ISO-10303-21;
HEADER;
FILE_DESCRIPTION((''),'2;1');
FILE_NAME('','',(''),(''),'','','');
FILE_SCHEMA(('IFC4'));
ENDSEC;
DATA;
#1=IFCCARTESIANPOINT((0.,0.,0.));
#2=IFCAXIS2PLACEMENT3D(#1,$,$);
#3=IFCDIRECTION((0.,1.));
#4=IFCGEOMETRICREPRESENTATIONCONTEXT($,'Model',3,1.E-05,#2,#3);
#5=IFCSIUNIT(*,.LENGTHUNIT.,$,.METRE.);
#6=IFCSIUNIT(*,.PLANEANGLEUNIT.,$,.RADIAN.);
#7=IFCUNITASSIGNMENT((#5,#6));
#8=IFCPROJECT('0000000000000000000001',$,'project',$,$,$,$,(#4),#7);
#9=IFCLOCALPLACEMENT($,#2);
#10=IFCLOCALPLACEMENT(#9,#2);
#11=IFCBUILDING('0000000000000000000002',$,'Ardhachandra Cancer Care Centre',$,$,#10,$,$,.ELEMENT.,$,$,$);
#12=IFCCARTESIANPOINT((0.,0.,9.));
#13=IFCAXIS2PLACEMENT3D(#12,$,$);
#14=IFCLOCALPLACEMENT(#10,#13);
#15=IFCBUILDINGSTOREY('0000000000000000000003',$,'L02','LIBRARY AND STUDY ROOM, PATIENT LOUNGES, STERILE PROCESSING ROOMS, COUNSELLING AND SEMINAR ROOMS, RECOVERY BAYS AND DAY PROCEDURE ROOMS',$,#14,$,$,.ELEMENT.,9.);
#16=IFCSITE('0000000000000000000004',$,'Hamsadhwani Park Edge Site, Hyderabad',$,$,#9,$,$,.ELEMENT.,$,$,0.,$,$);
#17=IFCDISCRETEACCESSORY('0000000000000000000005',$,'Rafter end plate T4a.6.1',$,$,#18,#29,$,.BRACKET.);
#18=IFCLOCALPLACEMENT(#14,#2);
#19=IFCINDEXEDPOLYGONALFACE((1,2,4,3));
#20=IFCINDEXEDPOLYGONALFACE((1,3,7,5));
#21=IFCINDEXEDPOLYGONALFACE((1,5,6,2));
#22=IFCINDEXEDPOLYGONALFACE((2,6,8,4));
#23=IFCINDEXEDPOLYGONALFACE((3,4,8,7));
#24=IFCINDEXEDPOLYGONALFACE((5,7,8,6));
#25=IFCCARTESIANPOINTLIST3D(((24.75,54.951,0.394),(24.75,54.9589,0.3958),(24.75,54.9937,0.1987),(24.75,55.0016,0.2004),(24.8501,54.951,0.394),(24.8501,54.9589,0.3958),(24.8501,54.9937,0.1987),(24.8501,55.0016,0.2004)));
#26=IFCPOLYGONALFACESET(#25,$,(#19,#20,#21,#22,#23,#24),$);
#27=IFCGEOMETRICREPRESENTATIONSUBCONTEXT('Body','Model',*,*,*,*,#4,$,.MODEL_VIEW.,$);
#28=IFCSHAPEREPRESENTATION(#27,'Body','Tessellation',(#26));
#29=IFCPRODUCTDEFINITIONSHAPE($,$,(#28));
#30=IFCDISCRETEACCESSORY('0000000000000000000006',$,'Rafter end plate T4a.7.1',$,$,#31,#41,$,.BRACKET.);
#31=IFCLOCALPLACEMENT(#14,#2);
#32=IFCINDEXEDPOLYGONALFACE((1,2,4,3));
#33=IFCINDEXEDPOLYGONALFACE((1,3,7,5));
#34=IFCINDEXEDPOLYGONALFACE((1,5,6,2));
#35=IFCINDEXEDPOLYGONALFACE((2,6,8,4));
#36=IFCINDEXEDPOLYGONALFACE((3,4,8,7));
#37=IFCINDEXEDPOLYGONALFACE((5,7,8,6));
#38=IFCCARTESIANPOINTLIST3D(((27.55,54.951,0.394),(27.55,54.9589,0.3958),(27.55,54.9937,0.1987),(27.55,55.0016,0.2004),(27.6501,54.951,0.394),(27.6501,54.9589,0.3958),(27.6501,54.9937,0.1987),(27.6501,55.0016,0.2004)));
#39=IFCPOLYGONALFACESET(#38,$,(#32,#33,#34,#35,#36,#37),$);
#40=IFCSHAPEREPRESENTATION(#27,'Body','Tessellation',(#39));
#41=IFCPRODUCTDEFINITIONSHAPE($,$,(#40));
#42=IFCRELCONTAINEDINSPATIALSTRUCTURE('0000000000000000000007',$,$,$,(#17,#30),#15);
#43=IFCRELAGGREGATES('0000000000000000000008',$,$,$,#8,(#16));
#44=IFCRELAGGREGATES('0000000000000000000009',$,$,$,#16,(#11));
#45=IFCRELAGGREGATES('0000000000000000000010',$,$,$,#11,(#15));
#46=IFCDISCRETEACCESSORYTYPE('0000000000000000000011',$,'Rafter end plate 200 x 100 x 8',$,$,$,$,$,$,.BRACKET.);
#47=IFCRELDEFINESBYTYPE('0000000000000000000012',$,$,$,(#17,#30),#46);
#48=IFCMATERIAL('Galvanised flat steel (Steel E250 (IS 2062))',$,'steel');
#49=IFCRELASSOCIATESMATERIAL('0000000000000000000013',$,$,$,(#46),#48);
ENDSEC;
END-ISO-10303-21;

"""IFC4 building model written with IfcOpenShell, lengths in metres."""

from ifc_helpers import new_model, si_unit, direction, frame, origin, origin_2d, place, context, subcontext, project, spatial, rectangle, extrude, material, material_profile, profile_set, type_object, element, save


model = new_model("IFC4")

# Units and contexts
model_context = context("Model", 3, precision=1e-05, world=origin(), true_north=direction((0.0, 1.0)))
body_context = subcontext(model_context, "Body", "Model", "MODEL_VIEW")
ifc_project = project(units=[si_unit("LENGTHUNIT", "METRE"), si_unit("PLANEANGLEUNIT", "RADIAN")], contexts=[model_context])

# Site, building, storey
site_placement = place(None, origin())
site = spatial("IfcSite", under=ifc_project, at=site_placement, Name="Hamsadhwani Park Edge Site, Hyderabad", CompositionType="ELEMENT", RefElevation=0.0)
building_placement = place(site_placement, origin())
building = spatial("IfcBuilding", under=site, at=building_placement, Name="Ardhachandra Cancer Care Centre", CompositionType="ELEMENT")
storey_placement = place(building_placement, frame((0.0, 0.0, 9.0)))
storey = spatial("IfcBuildingStorey", under=building, at=storey_placement, Name="L02", Description="LIBRARY AND STUDY ROOM, PATIENT LOUNGES, STERILE PROCESSING ROOMS, COUNSELLING AND SEMINAR ROOMS, RECOVERY BAYS AND DAY PROCEDURE ROOMS", CompositionType="ELEMENT", Elevation=9.0)

# Discrete accessories
ifc_material_1 = material(Name="Galvanised flat steel (Steel E250 (IS 2062))", Category="steel")
ifc_material_profile_1 = material_profile(ifc_material_1, rectangle(XDim=0.1001, YDim=0.2, at=origin_2d()), Name="Rafter end plate 200 x 100 x 8")
ifc_profile_set_1 = profile_set([ifc_material_profile_1], Name="Galvanised flat steel (Steel E250 (IS 2062))")
discrete_accessory_type = type_object("IfcDiscreteAccessoryType", Name="Rafter end plate 200 x 100 x 8", PredefinedType="BRACKET", material=ifc_profile_set_1)
for number, where, z_axis, x_axis, name in (
    (1, (24.8, 54.9802, 0.2981), (0.0, -0.9769, -0.213697), (1.0, 0.0, 0.0), "Rafter end plate T4a.6.1"),
    (2, (27.6001, 54.9802, 0.2981), (0.0, -0.9769, -0.213697), (1.0, 0.0, 0.0), "Rafter end plate T4a.7.1"),
):
    element("IfcDiscreteAccessory", number, at=place(storey_placement, frame(where, z_axis=z_axis, x_axis=x_axis)), inside=storey, type_object=discrete_accessory_type, Name=name, PredefinedType="BRACKET", context=body_context, shape_type="SweptSolid", body=[
        extrude(rectangle(XDim=0.1001, YDim=0.2, at=origin_2d()), origin(), (0.0, 0.0, 1.0), 0.0081),
    ])

save(model, "model.ifc")
